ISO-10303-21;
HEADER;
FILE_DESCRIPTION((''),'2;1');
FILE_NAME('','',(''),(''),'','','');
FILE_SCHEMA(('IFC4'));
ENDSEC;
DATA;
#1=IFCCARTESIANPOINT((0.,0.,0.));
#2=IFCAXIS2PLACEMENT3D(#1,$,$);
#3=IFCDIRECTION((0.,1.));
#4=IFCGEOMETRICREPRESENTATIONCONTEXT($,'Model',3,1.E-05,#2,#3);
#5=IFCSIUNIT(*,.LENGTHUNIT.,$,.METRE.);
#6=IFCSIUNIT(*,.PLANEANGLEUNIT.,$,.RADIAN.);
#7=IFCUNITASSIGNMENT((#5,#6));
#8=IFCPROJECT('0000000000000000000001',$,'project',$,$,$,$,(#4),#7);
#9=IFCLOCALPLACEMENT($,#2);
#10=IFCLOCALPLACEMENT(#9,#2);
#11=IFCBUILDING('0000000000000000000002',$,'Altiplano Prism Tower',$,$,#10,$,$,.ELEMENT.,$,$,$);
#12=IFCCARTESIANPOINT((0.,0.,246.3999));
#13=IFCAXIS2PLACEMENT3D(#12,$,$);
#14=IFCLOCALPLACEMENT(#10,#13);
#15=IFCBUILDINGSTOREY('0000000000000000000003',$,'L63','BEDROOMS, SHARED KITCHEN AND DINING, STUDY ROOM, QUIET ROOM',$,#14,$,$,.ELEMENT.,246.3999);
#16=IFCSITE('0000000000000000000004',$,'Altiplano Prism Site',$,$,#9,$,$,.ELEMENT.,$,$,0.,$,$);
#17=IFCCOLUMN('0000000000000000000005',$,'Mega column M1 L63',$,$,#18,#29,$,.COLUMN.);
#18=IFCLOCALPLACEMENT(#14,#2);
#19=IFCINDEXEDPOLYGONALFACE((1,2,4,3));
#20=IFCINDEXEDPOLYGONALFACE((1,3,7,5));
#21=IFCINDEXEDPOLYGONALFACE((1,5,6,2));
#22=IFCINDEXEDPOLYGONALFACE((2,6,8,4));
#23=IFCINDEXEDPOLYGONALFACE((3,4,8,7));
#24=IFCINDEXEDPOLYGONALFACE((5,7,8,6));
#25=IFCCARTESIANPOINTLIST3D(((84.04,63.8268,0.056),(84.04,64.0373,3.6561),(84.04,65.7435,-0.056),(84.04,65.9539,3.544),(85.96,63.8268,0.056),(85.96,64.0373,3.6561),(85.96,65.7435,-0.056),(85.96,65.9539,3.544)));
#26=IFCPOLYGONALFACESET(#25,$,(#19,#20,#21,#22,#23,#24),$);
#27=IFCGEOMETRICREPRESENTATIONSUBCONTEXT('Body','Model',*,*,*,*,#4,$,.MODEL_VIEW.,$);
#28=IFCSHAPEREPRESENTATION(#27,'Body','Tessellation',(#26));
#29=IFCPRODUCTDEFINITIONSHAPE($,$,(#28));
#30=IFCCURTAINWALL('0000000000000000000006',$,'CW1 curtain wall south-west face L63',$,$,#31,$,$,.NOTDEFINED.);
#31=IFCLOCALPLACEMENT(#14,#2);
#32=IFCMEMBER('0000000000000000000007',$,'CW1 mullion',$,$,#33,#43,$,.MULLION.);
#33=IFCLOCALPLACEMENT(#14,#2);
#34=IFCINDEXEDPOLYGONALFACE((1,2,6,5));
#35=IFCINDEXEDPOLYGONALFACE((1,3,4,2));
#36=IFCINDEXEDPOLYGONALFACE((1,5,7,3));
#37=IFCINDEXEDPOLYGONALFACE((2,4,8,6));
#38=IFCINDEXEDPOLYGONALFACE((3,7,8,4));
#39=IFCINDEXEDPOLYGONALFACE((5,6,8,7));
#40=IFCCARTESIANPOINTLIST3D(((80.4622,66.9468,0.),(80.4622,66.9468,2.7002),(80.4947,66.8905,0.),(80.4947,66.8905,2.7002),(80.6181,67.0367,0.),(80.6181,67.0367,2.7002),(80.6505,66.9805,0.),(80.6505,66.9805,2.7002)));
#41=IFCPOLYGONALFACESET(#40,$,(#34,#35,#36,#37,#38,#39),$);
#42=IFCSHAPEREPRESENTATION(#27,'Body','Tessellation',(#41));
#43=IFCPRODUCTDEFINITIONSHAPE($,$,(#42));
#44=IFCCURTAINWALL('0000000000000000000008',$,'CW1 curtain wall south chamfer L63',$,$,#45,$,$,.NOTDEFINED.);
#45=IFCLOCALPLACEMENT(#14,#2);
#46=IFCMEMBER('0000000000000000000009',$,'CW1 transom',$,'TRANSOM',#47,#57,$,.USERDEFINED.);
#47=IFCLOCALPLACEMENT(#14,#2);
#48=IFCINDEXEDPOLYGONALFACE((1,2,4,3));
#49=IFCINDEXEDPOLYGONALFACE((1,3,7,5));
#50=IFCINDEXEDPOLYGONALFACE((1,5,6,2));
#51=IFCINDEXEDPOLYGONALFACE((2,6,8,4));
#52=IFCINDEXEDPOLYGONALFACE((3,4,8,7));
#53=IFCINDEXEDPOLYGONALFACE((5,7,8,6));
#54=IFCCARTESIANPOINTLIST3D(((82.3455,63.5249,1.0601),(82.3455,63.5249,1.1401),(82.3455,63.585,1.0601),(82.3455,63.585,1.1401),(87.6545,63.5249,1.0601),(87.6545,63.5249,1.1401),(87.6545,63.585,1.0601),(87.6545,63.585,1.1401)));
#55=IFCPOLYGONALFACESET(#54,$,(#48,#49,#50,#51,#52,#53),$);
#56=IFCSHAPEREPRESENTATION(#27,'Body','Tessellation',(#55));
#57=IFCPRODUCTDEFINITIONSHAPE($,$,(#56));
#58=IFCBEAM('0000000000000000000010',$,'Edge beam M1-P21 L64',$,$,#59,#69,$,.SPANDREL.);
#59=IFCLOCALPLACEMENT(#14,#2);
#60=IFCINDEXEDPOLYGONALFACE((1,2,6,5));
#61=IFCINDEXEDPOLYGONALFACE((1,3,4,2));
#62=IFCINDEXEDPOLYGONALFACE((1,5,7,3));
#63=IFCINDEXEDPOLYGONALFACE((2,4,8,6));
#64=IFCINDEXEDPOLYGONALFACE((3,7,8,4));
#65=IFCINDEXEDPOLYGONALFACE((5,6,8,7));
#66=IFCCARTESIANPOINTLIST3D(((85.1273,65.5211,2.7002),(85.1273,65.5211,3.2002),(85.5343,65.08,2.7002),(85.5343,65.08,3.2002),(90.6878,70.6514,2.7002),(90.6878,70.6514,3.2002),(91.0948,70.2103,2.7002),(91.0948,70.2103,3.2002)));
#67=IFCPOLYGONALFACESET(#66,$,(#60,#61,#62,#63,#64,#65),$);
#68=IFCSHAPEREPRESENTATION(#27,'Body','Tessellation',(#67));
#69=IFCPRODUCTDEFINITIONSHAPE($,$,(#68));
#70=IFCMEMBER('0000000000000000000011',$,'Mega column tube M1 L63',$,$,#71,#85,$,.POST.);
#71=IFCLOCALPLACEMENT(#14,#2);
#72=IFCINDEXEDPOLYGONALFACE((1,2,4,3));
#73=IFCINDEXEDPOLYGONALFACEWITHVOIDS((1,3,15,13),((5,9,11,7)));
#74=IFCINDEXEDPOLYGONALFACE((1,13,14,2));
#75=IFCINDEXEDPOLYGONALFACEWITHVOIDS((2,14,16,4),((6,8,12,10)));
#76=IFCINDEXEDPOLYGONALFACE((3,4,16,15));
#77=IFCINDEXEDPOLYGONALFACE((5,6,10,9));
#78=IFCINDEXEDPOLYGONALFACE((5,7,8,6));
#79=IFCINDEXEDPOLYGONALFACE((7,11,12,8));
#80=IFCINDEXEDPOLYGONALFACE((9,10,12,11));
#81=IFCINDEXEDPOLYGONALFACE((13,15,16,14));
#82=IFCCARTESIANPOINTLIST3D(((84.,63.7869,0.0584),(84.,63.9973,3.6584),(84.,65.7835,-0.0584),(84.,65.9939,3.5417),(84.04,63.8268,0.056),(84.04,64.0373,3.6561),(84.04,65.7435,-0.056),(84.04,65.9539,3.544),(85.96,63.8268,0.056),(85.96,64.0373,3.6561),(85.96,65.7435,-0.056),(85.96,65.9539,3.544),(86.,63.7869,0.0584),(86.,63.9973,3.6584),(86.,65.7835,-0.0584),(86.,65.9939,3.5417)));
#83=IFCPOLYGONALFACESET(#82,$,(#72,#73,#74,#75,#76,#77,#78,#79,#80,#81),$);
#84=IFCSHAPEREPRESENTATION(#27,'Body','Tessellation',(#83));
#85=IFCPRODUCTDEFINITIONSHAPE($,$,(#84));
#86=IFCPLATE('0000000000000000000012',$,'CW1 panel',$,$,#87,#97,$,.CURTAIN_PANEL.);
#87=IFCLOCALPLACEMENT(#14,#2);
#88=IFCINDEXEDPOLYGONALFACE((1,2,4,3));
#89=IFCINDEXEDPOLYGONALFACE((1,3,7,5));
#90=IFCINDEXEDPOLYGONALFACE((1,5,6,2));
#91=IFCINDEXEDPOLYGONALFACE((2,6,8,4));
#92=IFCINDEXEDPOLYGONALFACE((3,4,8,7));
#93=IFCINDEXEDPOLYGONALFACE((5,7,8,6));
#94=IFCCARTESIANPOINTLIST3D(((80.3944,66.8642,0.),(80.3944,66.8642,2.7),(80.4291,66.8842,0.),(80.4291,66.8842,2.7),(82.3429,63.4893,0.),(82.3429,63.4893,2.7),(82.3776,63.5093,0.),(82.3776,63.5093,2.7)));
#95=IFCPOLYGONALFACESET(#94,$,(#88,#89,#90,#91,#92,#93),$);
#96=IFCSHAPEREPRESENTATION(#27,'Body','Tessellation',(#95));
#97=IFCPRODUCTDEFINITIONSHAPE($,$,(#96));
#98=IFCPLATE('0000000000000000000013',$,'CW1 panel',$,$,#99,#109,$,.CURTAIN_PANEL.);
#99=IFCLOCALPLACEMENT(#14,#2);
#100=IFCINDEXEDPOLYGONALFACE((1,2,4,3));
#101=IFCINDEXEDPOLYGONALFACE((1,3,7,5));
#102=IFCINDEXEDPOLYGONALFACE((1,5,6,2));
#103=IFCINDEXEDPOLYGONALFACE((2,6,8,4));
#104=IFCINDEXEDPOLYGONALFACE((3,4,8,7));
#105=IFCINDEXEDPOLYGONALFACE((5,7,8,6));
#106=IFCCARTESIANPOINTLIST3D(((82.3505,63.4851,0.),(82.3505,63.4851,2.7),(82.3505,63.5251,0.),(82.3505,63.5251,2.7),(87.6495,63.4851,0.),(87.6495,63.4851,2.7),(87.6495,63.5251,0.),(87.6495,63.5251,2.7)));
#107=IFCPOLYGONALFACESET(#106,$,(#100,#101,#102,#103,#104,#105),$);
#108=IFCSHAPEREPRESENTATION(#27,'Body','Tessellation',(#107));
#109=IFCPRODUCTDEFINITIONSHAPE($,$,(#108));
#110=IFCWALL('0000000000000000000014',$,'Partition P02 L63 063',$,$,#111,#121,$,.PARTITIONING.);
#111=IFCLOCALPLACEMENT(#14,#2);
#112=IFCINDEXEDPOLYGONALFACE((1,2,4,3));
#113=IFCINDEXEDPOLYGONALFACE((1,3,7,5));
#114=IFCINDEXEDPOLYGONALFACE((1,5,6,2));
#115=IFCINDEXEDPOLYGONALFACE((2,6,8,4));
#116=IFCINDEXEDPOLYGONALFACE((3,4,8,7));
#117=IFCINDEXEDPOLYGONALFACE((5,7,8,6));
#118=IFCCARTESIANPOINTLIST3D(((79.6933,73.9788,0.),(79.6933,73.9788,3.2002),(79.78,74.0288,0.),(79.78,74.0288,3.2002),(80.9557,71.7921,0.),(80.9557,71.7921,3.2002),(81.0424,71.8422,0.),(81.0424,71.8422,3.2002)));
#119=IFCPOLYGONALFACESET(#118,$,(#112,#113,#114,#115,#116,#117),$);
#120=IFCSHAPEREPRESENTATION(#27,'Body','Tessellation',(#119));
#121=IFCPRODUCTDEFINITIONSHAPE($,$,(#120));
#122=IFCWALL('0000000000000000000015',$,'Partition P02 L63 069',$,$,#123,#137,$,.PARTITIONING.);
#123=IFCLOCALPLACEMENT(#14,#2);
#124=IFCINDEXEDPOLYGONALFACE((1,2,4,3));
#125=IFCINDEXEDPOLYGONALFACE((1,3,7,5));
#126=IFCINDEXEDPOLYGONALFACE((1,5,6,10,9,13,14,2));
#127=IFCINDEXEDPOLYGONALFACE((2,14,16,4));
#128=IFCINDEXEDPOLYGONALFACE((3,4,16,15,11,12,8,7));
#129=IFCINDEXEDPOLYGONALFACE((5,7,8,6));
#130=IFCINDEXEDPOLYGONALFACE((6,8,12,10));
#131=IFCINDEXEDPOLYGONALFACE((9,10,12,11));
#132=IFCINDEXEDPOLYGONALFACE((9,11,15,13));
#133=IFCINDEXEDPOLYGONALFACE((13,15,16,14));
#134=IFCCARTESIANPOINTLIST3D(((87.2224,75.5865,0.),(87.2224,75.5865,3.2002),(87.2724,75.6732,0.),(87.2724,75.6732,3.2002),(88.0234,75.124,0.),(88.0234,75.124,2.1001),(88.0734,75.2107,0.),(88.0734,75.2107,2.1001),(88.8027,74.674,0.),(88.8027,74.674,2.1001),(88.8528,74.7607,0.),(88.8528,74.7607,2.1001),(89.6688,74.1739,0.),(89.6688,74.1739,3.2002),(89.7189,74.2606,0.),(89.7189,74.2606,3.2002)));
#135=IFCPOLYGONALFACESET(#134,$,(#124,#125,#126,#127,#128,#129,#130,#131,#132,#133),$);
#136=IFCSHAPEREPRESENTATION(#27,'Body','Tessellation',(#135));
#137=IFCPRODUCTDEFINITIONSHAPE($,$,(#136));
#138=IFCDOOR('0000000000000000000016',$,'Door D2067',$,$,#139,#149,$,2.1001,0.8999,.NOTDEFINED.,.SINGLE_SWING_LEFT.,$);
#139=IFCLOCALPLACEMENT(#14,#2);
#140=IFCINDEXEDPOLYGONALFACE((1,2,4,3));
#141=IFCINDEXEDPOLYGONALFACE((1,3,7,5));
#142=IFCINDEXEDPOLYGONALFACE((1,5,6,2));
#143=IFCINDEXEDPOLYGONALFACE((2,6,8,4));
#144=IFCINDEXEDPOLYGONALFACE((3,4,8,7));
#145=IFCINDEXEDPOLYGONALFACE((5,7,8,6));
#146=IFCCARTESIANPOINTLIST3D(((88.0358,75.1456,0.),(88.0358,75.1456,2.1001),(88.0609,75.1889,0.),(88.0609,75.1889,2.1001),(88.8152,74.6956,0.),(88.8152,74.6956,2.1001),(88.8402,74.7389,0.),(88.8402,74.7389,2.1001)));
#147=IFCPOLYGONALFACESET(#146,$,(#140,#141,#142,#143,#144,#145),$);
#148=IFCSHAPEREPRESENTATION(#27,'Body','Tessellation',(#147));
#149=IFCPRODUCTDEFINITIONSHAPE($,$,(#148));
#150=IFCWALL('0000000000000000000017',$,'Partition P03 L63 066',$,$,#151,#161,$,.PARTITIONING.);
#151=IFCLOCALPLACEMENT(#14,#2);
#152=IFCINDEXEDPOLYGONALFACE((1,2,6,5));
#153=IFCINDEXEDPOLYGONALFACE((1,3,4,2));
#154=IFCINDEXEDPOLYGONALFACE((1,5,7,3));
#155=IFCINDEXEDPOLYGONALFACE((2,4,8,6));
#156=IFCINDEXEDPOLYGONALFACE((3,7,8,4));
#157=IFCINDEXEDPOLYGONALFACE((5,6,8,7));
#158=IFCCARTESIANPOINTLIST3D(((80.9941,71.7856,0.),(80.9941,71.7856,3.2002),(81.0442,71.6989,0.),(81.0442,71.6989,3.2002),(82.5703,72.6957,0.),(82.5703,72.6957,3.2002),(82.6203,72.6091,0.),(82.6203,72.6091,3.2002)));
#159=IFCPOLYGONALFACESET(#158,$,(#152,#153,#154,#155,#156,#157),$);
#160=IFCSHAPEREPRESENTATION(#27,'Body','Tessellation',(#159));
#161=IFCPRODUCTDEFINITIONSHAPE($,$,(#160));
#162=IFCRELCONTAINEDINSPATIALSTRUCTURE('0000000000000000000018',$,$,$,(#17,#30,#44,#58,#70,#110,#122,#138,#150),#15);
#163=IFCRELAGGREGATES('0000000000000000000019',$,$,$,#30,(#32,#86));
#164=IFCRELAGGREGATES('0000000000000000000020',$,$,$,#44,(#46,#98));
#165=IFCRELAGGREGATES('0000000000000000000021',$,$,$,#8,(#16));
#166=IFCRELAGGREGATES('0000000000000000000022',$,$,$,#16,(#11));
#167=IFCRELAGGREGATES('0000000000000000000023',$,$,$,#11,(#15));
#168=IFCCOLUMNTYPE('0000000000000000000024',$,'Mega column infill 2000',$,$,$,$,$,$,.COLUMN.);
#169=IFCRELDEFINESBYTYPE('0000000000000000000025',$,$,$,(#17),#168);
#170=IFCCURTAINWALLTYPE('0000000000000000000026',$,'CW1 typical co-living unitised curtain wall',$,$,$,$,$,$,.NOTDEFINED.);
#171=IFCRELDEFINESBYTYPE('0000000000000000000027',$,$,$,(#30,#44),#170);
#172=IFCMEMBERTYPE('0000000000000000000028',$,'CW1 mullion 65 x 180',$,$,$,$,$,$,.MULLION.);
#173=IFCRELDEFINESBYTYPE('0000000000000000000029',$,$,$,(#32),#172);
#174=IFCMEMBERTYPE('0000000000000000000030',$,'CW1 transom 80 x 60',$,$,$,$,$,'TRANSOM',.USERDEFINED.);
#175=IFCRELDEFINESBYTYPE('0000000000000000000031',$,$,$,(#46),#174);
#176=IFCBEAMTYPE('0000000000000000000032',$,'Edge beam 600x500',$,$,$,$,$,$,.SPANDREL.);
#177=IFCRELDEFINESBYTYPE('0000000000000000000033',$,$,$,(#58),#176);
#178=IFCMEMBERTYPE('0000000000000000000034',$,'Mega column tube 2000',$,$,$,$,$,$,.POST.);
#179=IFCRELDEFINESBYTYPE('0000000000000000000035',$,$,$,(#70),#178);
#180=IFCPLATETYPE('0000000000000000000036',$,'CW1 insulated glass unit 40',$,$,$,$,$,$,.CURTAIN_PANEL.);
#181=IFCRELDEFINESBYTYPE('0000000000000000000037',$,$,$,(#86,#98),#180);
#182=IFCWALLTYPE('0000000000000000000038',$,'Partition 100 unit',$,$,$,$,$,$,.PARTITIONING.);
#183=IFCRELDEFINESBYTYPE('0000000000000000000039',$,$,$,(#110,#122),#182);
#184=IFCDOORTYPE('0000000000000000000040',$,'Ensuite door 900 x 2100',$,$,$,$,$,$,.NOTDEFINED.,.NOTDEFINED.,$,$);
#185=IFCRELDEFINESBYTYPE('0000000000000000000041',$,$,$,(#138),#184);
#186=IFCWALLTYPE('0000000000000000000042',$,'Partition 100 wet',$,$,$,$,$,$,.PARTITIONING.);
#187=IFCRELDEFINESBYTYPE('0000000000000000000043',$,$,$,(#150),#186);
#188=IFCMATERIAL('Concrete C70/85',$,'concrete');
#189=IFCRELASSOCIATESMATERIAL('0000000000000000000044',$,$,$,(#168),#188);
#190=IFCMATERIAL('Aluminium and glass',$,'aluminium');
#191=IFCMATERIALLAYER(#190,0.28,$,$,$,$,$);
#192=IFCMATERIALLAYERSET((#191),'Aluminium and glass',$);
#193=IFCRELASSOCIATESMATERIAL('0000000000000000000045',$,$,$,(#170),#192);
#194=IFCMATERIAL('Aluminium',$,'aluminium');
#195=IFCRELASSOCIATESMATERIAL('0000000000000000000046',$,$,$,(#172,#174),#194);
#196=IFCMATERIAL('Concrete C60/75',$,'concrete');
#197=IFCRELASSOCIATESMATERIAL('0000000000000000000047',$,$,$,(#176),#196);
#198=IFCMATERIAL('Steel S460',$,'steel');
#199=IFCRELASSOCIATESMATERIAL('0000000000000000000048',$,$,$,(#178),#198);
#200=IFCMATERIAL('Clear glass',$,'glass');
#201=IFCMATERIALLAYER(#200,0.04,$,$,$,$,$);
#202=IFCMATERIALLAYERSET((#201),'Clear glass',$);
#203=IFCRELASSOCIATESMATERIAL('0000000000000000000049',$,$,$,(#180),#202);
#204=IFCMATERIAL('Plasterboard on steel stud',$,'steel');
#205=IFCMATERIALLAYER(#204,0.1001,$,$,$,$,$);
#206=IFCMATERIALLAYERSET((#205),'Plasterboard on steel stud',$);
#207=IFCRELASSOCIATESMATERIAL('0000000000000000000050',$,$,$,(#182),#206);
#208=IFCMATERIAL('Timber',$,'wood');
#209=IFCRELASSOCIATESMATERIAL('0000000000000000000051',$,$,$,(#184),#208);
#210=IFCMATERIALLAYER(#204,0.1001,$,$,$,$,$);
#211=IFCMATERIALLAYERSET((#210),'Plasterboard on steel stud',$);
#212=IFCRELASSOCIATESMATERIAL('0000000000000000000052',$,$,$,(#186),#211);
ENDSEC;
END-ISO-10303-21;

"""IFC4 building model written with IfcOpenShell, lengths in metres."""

from ifc_helpers import new_model, si_unit, direction, frame, frame_2d, origin, origin_2d, place, context, subcontext, project, spatial, rectangle, hollow_rectangle, extrude, material, layer, layer_set, material_profile, profile_set, type_object, element, fill, aggregate, save


model = new_model("IFC4")

# Units and contexts
model_context = context("Model", 3, precision=1e-05, world=origin(), true_north=direction((0.0, 1.0)))
body_context = subcontext(model_context, "Body", "Model", "MODEL_VIEW")
ifc_project = project(units=[si_unit("LENGTHUNIT", "METRE"), si_unit("PLANEANGLEUNIT", "RADIAN")], contexts=[model_context])

# Site, building, storey
site_placement = place(None, origin())
site = spatial("IfcSite", under=ifc_project, at=site_placement, Name="Altiplano Prism Site", CompositionType="ELEMENT", RefElevation=0.0)
building_placement = place(site_placement, origin())
building = spatial("IfcBuilding", under=site, at=building_placement, Name="Altiplano Prism Tower", CompositionType="ELEMENT")
storey_placement = place(building_placement, frame((0.0, 0.0, 246.3999)))
storey = spatial("IfcBuildingStorey", under=building, at=storey_placement, Name="L63", Description="BEDROOMS, SHARED KITCHEN AND DINING, STUDY ROOM, QUIET ROOM", CompositionType="ELEMENT", Elevation=246.3999)

# Column
ifc_material_1 = material(Name="Concrete C70/85", Category="concrete")
ifc_material_profile_1 = material_profile(ifc_material_1, rectangle(XDim=1.9199, YDim=1.9199, at=origin_2d()), Name="Mega column infill 2000")
ifc_profile_set_1 = profile_set([ifc_material_profile_1], Name="Concrete C70/85")
column_type = type_object("IfcColumnType", Name="Mega column infill 2000", PredefinedType="COLUMN", material=ifc_profile_set_1)
column_placement = place(storey_placement, frame((85.0, 64.7852, 0.0), z_axis=(0.0, 0.058357, 0.998296), x_axis=(-1.0, 0.0, 0.0)))
element("IfcColumn", 1, at=column_placement, inside=storey, type_object=column_type, Name="Mega column M1 L63", PredefinedType="COLUMN", context=body_context, shape_type="SweptSolid", body=[
    extrude(rectangle(XDim=1.9199, YDim=1.9199, at=origin_2d()), origin(), (0.0, 0.0, 1.0), 3.6062),
])

# Curtain walls, members
ifc_material_2 = material(Name="Aluminium and glass", Category="aluminium")
ifc_layer_1 = layer(ifc_material_2, 0.28)
ifc_layer_set_1 = layer_set([ifc_layer_1], Name="Aluminium and glass")
curtain_wall_type = type_object("IfcCurtainWallType", Name="CW1 typical co-living unitised curtain wall", PredefinedType="NOTDEFINED", material=ifc_layer_set_1)
curtain_wall_1_placement = place(storey_placement, origin())
curtain_wall_1 = element("IfcCurtainWall", 2, at=curtain_wall_1_placement, inside=storey, type_object=curtain_wall_type, Name="CW1 curtain wall south-west face L63", PredefinedType="NOTDEFINED")
ifc_material_3 = material(Name="Aluminium", Category="aluminium")
ifc_material_profile_2 = material_profile(ifc_material_3, rectangle(XDim=0.1799, YDim=0.0649, at=origin_2d()), Name="CW1 mullion 65 x 180")
ifc_profile_set_2 = profile_set([ifc_material_profile_2], Name="Aluminium")
member_type_1 = type_object("IfcMemberType", Name="CW1 mullion 65 x 180", PredefinedType="MULLION", material=ifc_profile_set_2)
member_1_placement = place(storey_placement, frame((80.5564, 66.9636, 0.0), z_axis=(0.0, 0.0, 1.0), x_axis=(0.866025, 0.5, 0.0)))
member_1 = element("IfcMember", 3, at=member_1_placement, type_object=member_type_1, Name="CW1 mullion", PredefinedType="MULLION", context=body_context, shape_type="SweptSolid", body=[
    extrude(rectangle(XDim=0.1799, YDim=0.0649, at=origin_2d()), origin(), (0.0, 0.0, 1.0), 2.7002),
])
curtain_wall_2_placement = place(storey_placement, origin())
curtain_wall_2 = element("IfcCurtainWall", 4, at=curtain_wall_2_placement, inside=storey, type_object=curtain_wall_type, Name="CW1 curtain wall south chamfer L63", PredefinedType="NOTDEFINED")
ifc_material_profile_3 = material_profile(ifc_material_3, rectangle(XDim=0.0601, YDim=0.0801, at=origin_2d()), Name="CW1 transom 80 x 60")
ifc_profile_set_3 = profile_set([ifc_material_profile_3], Name="Aluminium")
member_type_2 = type_object("IfcMemberType", Name="CW1 transom 80 x 60", ElementType="TRANSOM", PredefinedType="USERDEFINED", material=ifc_profile_set_3)
member_2_placement = place(storey_placement, frame((82.3455, 63.5549, 1.1001), z_axis=(1.0, 0.0, 0.0), x_axis=(0.0, 1.0, 0.0)))
member_2 = element("IfcMember", 5, at=member_2_placement, type_object=member_type_2, Name="CW1 transom", ObjectType="TRANSOM", PredefinedType="USERDEFINED", context=body_context, shape_type="SweptSolid", body=[
    extrude(rectangle(XDim=0.0601, YDim=0.0801, at=origin_2d()), origin(), (0.0, 0.0, 1.0), 5.3091),
])

# Beam
ifc_material_4 = material(Name="Concrete C60/75", Category="concrete")
ifc_material_profile_4 = material_profile(ifc_material_4, rectangle(XDim=0.6001, YDim=0.5, at=origin_2d()), Name="Edge beam 600x500")
ifc_profile_set_4 = profile_set([ifc_material_profile_4], Name="Concrete C60/75")
beam_type = type_object("IfcBeamType", Name="Edge beam 600x500", PredefinedType="SPANDREL", material=ifc_profile_set_4)
beam_placement = place(storey_placement, frame((85.3308, 65.3005, 2.9502), z_axis=(0.734964, 0.678106, 0.0), x_axis=(-0.678106, 0.734964, 0.0)))
element("IfcBeam", 6, at=beam_placement, inside=storey, type_object=beam_type, Name="Edge beam M1-P21 L64", PredefinedType="SPANDREL", context=body_context, shape_type="SweptSolid", body=[
    extrude(rectangle(XDim=0.6001, YDim=0.5, at=origin_2d()), origin(), (0.0, 0.0, 1.0), 7.5657),
])

# Member
ifc_material_5 = material(Name="Steel S460", Category="steel")
ifc_material_profile_5 = material_profile(ifc_material_5, hollow_rectangle(XDim=2.0, YDim=2.0, WallThickness=0.04, at=origin_2d()), Name="Mega column tube 2000")
ifc_profile_set_5 = profile_set([ifc_material_profile_5], Name="Steel S460")
member_type_3 = type_object("IfcMemberType", Name="Mega column tube 2000", PredefinedType="POST", material=ifc_profile_set_5)
member_3_placement = place(storey_placement, frame((85.0, 64.7852, 0.0), z_axis=(0.0, 0.058357, 0.998296), x_axis=(-1.0, 0.0, 0.0)))
element("IfcMember", 7, at=member_3_placement, inside=storey, type_object=member_type_3, Name="Mega column tube M1 L63", PredefinedType="POST", context=body_context, shape_type="SweptSolid", body=[
    extrude(hollow_rectangle(XDim=2.0, YDim=2.0, WallThickness=0.04, at=origin_2d()), origin(), (0.0, 0.0, 1.0), 3.6062),
])

# Plates
ifc_material_6 = material(Name="Clear glass", Category="glass")
ifc_layer_2 = layer(ifc_material_6, 0.04)
ifc_layer_set_2 = layer_set([ifc_layer_2], Name="Clear glass")
plate_type = type_object("IfcPlateType", Name="CW1 insulated glass unit 40", PredefinedType="CURTAIN_PANEL", material=ifc_layer_set_2)
plate_1_placement = place(storey_placement, frame((81.386, 65.1868, 0.0), z_axis=(0.0, 0.0, 1.0), x_axis=(0.5, -0.866025, 0.0)))
plate_1 = element("IfcPlate", 8, at=plate_1_placement, type_object=plate_type, Name="CW1 panel", PredefinedType="CURTAIN_PANEL", context=body_context, shape_type="SweptSolid", body=[
    extrude(rectangle(XDim=3.897, YDim=0.04, at=origin_2d()), origin(), (0.0, 0.0, 1.0), 2.7),
])
aggregate(curtain_wall_1, [member_1, plate_1])
plate_2_placement = place(storey_placement, frame((85.0, 63.5051, 0.0), z_axis=(0.0, 0.0, 1.0), x_axis=(1.0, 0.0, 0.0)))
plate_2 = element("IfcPlate", 9, at=plate_2_placement, type_object=plate_type, Name="CW1 panel", PredefinedType="CURTAIN_PANEL", context=body_context, shape_type="SweptSolid", body=[
    extrude(rectangle(XDim=5.2991, YDim=0.04, at=origin_2d()), origin(), (0.0, 0.0, 1.0), 2.7),
])
aggregate(curtain_wall_2, [member_2, plate_2])

# Wall
ifc_material_7 = material(Name="Plasterboard on steel stud", Category="steel")
ifc_layer_3 = layer(ifc_material_7, 0.1001)
ifc_layer_set_3 = layer_set([ifc_layer_3], Name="Plasterboard on steel stud")
wall_type_1 = type_object("IfcWallType", Name="Partition 100 unit", PredefinedType="PARTITIONING", material=ifc_layer_set_3)
wall_1_placement = place(storey_placement, frame((80.999, 71.8171, 0.0), z_axis=(0.0, 0.0, 1.0), x_axis=(-0.499976, 0.866039, 0.0)))
element("IfcWall", 10, at=wall_1_placement, inside=storey, type_object=wall_type_1, Name="Partition P02 L63 063", PredefinedType="PARTITIONING", context=body_context, shape_type="SweptSolid", body=[
    extrude(rectangle(XDim=2.5249, YDim=0.1001, at=frame_2d((1.2625, 0.0))), origin(), (0.0, 0.0, 1.0), 3.2002),
])

# Wall, opening, door
wall_2_placement = place(storey_placement, frame((87.2473, 75.6299, 0.0), z_axis=(0.0, 0.0, 1.0), x_axis=(0.866011, -0.500024, 0.0)))
wall_2 = element("IfcWall", 11, at=wall_2_placement, inside=storey, type_object=wall_type_1, Name="Partition P02 L63 069", PredefinedType="PARTITIONING", context=body_context, shape_type="SweptSolid", body=[
    extrude(rectangle(XDim=2.825, YDim=0.1001, at=frame_2d((1.4126, 0.0))), origin(), (0.0, 0.0, 1.0), 3.2002),
])
opening_1_placement = place(wall_2_placement, frame((0.925, 0.0, 0.0)))
opening_1 = element("IfcOpeningElement", 12, at=opening_1_placement, cuts=wall_2, PredefinedType="OPENING", context=body_context, shape_type="SweptSolid", body=[
    extrude(rectangle(XDim=0.8999, YDim=2.1001, at=frame_2d((0.45, 1.05))), frame((0.0, 0.0605, 0.0), z_axis=(0.0, -1.0, 0.0), x_axis=(1.0, 0.0, 0.0)), (0.0, 0.0, 1.0), 0.1211),
])
ifc_material_8 = material(Name="Timber", Category="wood")
door_type_1 = type_object("IfcDoorType", Name="Ensuite door 900 x 2100", OperationType="NOTDEFINED", PredefinedType="NOTDEFINED", material=ifc_material_8)
door_1_placement = place(opening_1_placement, origin())
door_1 = element("IfcDoor", 13, at=door_1_placement, inside=storey, type_object=door_type_1, Name="Door D2067", OperationType="SINGLE_SWING_LEFT", OverallHeight=2.1001, OverallWidth=0.8999, PredefinedType="NOTDEFINED", context=body_context, shape_type="SweptSolid", body=[
    extrude(rectangle(XDim=0.8999, YDim=2.1001, at=frame_2d((0.45, 1.05))), frame((0.0, 0.0249, 0.0), z_axis=(0.0, -1.0, 0.0), x_axis=(1.0, 0.0, 0.0)), (0.0, 0.0, 1.0), 0.05),
])
fill(opening_1, door_1)

# Wall
ifc_layer_4 = layer(ifc_material_7, 0.1001)
ifc_layer_set_4 = layer_set([ifc_layer_4], Name="Plasterboard on steel stud")
wall_type_2 = type_object("IfcWallType", Name="Partition 100 wet", PredefinedType="PARTITIONING", material=ifc_layer_set_4)
wall_3_placement = place(storey_placement, frame((81.019, 71.7422, 0.0), z_axis=(0.0, 0.0, 1.0), x_axis=(0.865989, 0.500063, 0.0)))
element("IfcWall", 14, at=wall_3_placement, inside=storey, type_object=wall_type_2, Name="Partition P03 L63 066", PredefinedType="PARTITIONING", context=body_context, shape_type="SweptSolid", body=[
    extrude(rectangle(XDim=1.8201, YDim=0.1001, at=frame_2d((0.9102, 0.0))), origin(), (0.0, 0.0, 1.0), 3.2002),
])

save(model, "model.ifc")
